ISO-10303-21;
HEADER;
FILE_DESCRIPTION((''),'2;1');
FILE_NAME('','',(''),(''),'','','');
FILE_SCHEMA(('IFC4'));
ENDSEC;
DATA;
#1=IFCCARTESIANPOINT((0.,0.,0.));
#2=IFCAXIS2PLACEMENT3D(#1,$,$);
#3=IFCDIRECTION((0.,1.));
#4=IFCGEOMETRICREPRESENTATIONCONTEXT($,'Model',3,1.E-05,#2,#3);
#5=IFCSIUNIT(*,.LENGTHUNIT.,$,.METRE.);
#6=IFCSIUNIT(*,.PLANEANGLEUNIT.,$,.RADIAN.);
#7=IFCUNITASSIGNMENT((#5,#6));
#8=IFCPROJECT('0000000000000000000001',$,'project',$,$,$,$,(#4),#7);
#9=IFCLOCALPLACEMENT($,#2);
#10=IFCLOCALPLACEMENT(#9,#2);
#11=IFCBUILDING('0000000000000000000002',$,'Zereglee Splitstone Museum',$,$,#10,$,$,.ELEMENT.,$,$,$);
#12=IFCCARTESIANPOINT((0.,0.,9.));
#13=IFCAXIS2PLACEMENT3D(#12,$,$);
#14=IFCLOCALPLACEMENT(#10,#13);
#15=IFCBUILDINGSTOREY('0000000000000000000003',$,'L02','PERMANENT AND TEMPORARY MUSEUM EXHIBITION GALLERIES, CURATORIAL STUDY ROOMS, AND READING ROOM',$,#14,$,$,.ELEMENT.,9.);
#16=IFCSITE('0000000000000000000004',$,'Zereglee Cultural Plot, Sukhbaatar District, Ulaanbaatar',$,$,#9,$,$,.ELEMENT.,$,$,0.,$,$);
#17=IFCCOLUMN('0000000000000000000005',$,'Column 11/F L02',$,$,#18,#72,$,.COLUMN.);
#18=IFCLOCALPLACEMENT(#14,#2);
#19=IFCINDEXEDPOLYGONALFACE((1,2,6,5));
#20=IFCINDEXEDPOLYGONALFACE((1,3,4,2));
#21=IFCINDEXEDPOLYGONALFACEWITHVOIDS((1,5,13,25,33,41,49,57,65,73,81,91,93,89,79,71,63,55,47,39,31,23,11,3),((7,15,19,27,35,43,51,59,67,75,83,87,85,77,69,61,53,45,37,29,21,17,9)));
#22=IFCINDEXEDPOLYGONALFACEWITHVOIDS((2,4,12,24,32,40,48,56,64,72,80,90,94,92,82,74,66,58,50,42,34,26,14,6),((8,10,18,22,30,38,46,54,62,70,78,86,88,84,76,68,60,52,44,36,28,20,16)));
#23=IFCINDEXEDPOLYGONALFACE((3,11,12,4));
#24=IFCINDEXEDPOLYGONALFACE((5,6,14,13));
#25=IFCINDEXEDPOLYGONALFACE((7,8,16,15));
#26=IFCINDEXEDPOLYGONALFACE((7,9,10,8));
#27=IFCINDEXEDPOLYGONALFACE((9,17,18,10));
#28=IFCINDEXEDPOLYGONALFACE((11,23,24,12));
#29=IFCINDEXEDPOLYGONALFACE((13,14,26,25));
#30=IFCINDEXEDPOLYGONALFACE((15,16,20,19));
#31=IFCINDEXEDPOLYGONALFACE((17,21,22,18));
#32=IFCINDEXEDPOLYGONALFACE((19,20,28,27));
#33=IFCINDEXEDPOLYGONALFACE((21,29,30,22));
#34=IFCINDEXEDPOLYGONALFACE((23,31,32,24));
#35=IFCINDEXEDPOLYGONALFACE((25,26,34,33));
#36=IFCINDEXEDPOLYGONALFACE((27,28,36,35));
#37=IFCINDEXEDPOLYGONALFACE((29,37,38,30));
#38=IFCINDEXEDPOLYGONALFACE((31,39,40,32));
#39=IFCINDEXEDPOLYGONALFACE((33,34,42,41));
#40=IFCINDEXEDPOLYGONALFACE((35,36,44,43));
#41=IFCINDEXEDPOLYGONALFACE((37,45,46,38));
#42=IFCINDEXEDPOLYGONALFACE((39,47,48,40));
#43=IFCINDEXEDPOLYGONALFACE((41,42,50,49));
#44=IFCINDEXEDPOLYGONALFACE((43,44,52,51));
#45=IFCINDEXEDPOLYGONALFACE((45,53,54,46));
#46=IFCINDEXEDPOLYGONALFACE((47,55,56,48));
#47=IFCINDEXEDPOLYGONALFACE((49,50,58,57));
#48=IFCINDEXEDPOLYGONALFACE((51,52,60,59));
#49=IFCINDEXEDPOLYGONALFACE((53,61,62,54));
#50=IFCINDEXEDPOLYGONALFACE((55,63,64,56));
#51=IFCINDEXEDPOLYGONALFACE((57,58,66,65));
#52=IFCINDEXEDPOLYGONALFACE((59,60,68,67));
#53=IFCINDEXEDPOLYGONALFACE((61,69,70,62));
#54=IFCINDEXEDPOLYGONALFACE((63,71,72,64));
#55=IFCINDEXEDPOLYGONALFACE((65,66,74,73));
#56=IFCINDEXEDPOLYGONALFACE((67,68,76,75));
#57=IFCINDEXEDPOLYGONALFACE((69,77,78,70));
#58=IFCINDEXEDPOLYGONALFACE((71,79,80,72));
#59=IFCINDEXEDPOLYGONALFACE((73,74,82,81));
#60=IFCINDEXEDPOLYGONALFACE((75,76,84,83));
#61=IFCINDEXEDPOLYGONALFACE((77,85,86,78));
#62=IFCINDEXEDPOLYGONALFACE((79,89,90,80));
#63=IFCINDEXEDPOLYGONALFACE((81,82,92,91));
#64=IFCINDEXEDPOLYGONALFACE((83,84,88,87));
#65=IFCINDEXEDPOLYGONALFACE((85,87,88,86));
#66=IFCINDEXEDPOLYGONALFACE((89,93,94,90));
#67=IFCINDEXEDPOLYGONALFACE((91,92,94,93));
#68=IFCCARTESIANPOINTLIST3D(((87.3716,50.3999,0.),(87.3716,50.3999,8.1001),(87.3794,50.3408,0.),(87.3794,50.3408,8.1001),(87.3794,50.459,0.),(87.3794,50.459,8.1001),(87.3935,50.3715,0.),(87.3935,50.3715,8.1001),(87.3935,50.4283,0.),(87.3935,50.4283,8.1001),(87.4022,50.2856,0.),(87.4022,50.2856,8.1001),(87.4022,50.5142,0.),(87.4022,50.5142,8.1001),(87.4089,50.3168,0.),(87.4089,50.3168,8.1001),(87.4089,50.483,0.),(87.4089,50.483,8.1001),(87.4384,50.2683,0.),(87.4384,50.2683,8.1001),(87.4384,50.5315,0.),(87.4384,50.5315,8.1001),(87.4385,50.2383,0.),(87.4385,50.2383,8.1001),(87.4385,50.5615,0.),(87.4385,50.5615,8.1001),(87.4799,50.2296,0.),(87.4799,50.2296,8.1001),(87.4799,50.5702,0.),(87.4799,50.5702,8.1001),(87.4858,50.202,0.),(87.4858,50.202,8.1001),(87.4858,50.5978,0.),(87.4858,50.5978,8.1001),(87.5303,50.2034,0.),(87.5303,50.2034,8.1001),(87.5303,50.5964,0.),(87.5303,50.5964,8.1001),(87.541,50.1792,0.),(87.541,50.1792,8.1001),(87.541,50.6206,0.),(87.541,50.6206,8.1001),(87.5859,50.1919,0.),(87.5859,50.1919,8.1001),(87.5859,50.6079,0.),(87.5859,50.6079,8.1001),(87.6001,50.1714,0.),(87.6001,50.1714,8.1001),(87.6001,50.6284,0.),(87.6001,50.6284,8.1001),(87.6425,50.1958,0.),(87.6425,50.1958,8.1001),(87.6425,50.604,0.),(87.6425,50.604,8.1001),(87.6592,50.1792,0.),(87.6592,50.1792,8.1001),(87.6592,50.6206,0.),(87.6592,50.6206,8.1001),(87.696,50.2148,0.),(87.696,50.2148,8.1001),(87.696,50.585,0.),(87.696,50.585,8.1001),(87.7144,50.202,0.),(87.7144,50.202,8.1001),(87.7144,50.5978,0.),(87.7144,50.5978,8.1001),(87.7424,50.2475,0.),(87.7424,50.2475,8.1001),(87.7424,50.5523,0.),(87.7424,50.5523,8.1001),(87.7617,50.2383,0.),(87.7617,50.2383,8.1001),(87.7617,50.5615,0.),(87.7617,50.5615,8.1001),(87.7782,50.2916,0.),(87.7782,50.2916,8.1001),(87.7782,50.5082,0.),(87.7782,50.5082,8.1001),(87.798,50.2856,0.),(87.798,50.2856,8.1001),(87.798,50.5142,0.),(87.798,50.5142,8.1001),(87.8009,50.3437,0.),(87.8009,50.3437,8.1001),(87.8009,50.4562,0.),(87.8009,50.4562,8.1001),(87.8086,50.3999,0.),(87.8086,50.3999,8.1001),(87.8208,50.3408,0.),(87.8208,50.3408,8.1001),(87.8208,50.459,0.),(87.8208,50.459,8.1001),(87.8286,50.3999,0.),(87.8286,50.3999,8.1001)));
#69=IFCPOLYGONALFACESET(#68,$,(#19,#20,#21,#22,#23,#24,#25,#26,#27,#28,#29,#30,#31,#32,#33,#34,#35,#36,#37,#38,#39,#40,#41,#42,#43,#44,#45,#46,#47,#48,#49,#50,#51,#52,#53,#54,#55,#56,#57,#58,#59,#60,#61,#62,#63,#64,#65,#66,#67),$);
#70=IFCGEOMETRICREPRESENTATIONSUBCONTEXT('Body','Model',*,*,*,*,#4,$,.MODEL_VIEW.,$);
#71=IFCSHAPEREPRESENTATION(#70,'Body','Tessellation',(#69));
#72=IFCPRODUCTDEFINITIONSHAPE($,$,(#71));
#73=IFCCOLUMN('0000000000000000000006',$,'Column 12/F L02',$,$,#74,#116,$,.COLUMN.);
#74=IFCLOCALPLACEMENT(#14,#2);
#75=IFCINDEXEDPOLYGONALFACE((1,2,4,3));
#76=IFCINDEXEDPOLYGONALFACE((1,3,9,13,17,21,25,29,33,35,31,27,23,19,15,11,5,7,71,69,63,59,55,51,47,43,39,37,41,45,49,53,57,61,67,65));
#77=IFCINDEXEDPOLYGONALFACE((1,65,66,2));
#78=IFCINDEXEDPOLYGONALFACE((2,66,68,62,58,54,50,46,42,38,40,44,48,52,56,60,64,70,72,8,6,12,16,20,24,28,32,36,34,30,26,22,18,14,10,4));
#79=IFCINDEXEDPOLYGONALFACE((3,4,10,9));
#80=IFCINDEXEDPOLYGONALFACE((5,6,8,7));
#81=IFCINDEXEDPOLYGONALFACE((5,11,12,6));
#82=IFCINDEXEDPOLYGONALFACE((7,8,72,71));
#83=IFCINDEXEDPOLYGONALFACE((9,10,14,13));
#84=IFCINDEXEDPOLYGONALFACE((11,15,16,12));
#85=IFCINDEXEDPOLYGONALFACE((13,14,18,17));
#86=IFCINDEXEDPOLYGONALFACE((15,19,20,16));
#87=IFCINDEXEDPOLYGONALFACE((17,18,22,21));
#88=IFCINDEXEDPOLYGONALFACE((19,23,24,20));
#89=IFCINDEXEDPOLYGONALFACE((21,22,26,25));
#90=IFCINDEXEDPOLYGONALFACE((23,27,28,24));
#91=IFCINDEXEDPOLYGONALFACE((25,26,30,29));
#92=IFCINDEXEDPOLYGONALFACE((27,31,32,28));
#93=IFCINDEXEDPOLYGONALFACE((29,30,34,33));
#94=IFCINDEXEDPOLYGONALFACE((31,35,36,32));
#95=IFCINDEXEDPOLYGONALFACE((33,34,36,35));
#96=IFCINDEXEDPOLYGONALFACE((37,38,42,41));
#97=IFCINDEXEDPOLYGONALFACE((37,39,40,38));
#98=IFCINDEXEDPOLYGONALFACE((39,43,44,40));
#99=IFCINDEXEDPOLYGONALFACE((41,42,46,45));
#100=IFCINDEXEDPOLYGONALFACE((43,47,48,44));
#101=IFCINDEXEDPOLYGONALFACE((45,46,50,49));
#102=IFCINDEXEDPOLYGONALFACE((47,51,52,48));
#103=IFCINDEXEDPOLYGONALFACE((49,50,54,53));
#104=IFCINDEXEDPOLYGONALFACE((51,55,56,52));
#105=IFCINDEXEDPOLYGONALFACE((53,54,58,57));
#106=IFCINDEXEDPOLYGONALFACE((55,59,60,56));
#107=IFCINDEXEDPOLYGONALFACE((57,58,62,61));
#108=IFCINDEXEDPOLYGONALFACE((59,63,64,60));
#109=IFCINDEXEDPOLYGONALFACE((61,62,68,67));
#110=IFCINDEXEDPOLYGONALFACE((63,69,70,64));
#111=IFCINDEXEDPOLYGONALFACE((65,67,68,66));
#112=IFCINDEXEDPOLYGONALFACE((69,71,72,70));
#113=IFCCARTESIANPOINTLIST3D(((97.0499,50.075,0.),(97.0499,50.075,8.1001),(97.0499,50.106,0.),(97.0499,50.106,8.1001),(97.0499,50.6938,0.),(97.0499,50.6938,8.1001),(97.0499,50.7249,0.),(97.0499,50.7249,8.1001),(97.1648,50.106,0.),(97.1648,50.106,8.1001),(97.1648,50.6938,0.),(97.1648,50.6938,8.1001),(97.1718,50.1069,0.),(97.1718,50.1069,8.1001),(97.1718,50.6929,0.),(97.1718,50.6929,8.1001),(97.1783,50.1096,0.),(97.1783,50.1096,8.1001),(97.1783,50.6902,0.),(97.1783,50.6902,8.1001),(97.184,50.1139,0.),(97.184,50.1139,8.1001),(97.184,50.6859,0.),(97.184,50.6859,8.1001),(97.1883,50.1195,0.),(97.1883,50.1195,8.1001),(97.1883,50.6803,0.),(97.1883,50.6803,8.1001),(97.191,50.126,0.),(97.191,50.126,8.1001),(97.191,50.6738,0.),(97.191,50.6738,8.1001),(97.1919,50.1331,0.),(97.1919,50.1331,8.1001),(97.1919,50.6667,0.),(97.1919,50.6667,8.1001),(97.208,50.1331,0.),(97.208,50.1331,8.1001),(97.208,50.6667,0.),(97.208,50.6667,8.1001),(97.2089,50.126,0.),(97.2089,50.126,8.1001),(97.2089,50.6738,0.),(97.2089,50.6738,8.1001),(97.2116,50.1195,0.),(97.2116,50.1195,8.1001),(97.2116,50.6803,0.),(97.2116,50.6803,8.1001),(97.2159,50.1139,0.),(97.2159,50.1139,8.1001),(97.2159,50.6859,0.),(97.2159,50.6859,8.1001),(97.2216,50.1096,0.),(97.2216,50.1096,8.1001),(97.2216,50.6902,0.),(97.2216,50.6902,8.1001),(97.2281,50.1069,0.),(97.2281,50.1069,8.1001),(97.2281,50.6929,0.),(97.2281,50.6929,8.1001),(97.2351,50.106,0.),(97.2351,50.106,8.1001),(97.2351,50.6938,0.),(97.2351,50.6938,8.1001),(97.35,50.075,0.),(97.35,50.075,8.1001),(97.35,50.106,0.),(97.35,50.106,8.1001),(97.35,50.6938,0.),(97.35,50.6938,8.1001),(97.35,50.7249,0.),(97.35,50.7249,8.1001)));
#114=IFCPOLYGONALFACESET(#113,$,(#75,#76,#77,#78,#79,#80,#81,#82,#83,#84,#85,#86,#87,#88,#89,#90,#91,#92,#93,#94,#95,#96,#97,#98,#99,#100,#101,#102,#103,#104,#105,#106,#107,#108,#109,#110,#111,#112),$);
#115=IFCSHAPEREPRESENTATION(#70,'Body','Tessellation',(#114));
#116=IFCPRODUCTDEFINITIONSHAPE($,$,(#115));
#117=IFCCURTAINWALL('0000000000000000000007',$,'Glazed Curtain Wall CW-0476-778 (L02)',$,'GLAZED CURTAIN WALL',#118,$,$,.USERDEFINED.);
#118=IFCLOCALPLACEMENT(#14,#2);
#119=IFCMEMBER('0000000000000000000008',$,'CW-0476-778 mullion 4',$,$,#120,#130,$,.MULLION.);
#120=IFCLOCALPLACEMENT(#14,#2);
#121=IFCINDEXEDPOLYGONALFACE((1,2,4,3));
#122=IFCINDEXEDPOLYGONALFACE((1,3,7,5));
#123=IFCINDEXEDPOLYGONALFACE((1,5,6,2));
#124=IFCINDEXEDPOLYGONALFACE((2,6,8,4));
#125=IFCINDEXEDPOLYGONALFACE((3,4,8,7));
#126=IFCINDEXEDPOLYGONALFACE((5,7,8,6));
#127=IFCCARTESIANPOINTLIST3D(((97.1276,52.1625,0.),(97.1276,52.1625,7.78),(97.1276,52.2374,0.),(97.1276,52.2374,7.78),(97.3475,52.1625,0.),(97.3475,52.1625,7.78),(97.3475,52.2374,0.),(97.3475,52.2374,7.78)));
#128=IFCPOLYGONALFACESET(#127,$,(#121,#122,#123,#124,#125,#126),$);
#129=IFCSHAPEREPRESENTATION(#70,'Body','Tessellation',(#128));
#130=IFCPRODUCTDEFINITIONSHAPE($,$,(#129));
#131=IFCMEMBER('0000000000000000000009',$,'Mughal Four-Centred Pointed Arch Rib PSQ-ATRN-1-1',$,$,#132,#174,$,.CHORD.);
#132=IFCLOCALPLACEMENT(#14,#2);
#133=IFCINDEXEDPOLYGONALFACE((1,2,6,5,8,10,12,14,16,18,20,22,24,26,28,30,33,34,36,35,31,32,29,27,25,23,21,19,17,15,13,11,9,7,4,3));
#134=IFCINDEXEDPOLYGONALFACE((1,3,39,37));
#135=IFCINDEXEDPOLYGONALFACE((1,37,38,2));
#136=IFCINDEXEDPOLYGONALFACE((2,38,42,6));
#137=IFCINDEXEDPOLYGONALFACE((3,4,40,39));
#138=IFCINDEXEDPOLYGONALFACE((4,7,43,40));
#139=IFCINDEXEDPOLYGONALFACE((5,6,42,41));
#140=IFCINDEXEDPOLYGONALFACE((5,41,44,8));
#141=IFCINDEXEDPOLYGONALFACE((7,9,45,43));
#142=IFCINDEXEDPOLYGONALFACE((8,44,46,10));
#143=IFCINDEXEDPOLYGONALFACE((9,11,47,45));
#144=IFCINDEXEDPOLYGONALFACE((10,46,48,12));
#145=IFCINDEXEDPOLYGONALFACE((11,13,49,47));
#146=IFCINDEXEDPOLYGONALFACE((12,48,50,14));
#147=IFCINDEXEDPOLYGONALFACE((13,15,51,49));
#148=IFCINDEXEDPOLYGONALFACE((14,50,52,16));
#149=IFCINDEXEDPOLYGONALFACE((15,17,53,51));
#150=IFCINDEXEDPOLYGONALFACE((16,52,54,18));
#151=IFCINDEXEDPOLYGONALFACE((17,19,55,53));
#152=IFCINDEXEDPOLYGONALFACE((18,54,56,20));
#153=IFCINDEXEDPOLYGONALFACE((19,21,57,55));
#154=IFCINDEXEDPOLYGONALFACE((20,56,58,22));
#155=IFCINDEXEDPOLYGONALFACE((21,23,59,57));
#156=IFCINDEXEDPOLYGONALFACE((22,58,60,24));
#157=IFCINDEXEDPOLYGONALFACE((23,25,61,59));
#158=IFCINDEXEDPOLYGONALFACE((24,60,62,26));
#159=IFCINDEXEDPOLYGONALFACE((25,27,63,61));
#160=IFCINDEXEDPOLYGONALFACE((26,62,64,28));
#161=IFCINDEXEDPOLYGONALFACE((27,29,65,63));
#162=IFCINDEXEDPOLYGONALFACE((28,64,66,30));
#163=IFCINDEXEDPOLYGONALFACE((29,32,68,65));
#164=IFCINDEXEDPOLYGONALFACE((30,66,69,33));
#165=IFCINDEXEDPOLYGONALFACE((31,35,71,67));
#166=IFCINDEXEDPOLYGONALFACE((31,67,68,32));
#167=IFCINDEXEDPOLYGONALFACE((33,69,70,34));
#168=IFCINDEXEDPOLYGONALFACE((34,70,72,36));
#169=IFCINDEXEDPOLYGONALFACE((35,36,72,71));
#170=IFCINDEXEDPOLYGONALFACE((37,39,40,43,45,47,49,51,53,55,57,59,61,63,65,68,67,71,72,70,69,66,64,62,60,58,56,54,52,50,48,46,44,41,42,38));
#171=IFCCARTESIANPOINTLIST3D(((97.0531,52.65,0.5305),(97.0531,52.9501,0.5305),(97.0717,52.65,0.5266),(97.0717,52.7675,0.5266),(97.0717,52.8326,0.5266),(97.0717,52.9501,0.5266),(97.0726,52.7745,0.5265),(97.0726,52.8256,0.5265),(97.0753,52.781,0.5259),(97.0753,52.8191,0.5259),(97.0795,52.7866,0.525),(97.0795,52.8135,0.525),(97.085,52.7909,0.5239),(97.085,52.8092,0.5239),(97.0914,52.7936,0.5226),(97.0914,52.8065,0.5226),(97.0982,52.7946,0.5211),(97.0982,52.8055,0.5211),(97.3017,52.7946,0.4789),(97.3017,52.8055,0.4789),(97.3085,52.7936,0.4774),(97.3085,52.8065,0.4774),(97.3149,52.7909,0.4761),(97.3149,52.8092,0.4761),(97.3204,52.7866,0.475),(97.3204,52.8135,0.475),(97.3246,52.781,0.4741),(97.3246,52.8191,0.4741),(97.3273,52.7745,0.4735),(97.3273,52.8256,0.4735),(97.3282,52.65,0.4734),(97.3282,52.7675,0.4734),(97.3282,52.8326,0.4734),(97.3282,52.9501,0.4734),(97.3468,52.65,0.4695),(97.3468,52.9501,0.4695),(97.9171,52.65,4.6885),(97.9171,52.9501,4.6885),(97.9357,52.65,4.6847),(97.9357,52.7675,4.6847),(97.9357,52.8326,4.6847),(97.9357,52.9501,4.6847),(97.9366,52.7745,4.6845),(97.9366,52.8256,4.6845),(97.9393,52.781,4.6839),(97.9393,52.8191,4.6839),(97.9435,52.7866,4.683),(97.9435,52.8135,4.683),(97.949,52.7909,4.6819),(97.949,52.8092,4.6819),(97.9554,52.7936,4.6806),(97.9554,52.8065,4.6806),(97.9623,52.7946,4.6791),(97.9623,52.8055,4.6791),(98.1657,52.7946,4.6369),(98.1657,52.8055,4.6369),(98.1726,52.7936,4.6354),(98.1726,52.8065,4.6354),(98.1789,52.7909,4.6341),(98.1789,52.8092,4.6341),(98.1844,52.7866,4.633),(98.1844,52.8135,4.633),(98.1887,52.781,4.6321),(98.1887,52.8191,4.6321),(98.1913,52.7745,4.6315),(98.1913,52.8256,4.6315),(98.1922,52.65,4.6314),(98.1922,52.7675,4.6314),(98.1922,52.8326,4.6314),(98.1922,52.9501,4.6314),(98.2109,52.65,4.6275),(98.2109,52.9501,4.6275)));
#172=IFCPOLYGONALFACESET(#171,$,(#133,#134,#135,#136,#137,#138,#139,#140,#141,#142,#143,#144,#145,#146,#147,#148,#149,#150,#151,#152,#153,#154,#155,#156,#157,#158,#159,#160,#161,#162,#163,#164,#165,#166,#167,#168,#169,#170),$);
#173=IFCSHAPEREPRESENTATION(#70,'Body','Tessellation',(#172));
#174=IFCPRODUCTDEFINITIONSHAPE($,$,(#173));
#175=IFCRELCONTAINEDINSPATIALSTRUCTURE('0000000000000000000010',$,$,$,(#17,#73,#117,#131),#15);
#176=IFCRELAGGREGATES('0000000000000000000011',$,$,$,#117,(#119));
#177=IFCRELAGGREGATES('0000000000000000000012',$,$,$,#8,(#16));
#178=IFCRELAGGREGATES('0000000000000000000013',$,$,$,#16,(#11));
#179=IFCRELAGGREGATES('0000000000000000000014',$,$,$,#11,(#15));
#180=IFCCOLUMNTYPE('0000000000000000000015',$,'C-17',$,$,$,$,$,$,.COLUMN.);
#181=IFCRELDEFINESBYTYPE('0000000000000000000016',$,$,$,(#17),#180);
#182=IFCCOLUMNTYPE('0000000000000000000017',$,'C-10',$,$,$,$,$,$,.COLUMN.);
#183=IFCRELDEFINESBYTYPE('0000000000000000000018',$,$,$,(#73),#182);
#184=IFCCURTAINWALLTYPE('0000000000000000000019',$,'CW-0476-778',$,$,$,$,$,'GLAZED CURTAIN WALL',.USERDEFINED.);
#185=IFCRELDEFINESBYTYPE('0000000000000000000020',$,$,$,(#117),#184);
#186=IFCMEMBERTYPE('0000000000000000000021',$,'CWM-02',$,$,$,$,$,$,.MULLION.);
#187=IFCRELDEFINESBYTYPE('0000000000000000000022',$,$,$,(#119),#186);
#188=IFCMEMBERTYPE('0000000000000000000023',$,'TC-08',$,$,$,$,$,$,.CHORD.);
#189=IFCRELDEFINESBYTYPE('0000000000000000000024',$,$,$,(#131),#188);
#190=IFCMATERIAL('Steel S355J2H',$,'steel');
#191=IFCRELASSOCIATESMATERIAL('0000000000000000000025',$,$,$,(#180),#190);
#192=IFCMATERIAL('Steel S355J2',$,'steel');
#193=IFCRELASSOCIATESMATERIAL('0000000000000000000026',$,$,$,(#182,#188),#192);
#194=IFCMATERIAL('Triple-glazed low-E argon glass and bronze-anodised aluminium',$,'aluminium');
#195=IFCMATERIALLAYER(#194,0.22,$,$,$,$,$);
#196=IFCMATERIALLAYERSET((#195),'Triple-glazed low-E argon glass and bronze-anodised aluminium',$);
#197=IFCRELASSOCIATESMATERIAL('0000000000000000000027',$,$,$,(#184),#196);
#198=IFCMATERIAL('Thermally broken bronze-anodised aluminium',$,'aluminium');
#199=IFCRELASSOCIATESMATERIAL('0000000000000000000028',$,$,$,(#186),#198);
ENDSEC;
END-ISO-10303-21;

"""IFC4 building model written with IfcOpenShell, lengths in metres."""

from ifc_helpers import new_model, si_unit, direction, frame, origin, origin_2d, place, context, subcontext, project, spatial, rectangle, hollow_circle, i_section, extrude, material, layer, layer_set, material_profile, profile_set, type_object, element, aggregate, save


model = new_model("IFC4")

# Units and contexts
model_context = context("Model", 3, precision=1e-05, world=origin(), true_north=direction((0.0, 1.0)))
body_context = subcontext(model_context, "Body", "Model", "MODEL_VIEW")
ifc_project = project(units=[si_unit("LENGTHUNIT", "METRE"), si_unit("PLANEANGLEUNIT", "RADIAN")], contexts=[model_context])

# Site, building, storey
site_placement = place(None, origin())
site = spatial("IfcSite", under=ifc_project, at=site_placement, Name="Zereglee Cultural Plot, Sukhbaatar District, Ulaanbaatar", CompositionType="ELEMENT", RefElevation=0.0)
building_placement = place(site_placement, origin())
building = spatial("IfcBuilding", under=site, at=building_placement, Name="Zereglee Splitstone Museum", CompositionType="ELEMENT")
storey_placement = place(building_placement, frame((0.0, 0.0, 9.0)))
storey = spatial("IfcBuildingStorey", under=building, at=storey_placement, Name="L02", Description="PERMANENT AND TEMPORARY MUSEUM EXHIBITION GALLERIES, CURATORIAL STUDY ROOMS, AND READING ROOM", CompositionType="ELEMENT", Elevation=9.0)

# Columns
ifc_material_1 = material(Name="Steel S355J2H", Category="steel")
ifc_material_profile_1 = material_profile(ifc_material_1, hollow_circle(Radius=0.2285, WallThickness=0.02, at=origin_2d()), Name="CHS 457.0x20")
ifc_profile_set_1 = profile_set([ifc_material_profile_1], Name="Steel S355J2H")
column_type_1 = type_object("IfcColumnType", Name="C-17", PredefinedType="COLUMN", material=ifc_profile_set_1)
column_1_placement = place(storey_placement, frame((87.6001, 50.3999, 0.0), z_axis=(0.0, 0.0, 1.0), x_axis=(1.0, 0.0, 0.0)))
element("IfcColumn", 1, at=column_1_placement, inside=storey, type_object=column_type_1, Name="Column 11/F L02", PredefinedType="COLUMN", context=body_context, shape_type="SweptSolid", body=[
    extrude(hollow_circle(Radius=0.2285, WallThickness=0.02, at=origin_2d()), origin(), (0.0, 0.0, 1.0), 8.1001),
])
ifc_material_2 = material(Name="Steel S355J2", Category="steel")
ifc_material_profile_2 = material_profile(ifc_material_2, i_section(OverallWidth=0.3, OverallDepth=0.6499, WebThickness=0.0161, FlangeThickness=0.031, FilletRadius=0.0271, at=origin_2d()), Name="HE 650 B")
ifc_profile_set_2 = profile_set([ifc_material_profile_2], Name="Steel S355J2")
column_type_2 = type_object("IfcColumnType", Name="C-10", PredefinedType="COLUMN", material=ifc_profile_set_2)
column_2_placement = place(storey_placement, frame((97.2, 50.3999, 0.0), z_axis=(0.0, 0.0, 1.0), x_axis=(1.0, 0.0, 0.0)))
element("IfcColumn", 2, at=column_2_placement, inside=storey, type_object=column_type_2, Name="Column 12/F L02", PredefinedType="COLUMN", context=body_context, shape_type="SweptSolid", body=[
    extrude(i_section(OverallWidth=0.3, OverallDepth=0.6499, WebThickness=0.0161, FlangeThickness=0.031, FilletRadius=0.0271, at=origin_2d()), origin(), (0.0, 0.0, 1.0), 8.1001),
])

# Curtain wall, member
ifc_material_3 = material(Name="Triple-glazed low-E argon glass and bronze-anodised aluminium", Category="aluminium")
ifc_layer_1 = layer(ifc_material_3, 0.22)
ifc_layer_set_1 = layer_set([ifc_layer_1], Name="Triple-glazed low-E argon glass and bronze-anodised aluminium")
curtain_wall_type = type_object("IfcCurtainWallType", Name="CW-0476-778", ElementType="GLAZED CURTAIN WALL", PredefinedType="USERDEFINED", material=ifc_layer_set_1)
curtain_wall_placement = place(storey_placement, origin())
curtain_wall = element("IfcCurtainWall", 3, at=curtain_wall_placement, inside=storey, type_object=curtain_wall_type, Name="Glazed Curtain Wall CW-0476-778 (L02)", ObjectType="GLAZED CURTAIN WALL", PredefinedType="USERDEFINED")
ifc_material_4 = material(Name="Thermally broken bronze-anodised aluminium", Category="aluminium")
ifc_material_profile_3 = material_profile(ifc_material_4, rectangle(XDim=0.075, YDim=0.22, at=origin_2d()), Name="CW MULL 75x220")
ifc_profile_set_3 = profile_set([ifc_material_profile_3], Name="Thermally broken bronze-anodised aluminium")
member_type_1 = type_object("IfcMemberType", Name="CWM-02", PredefinedType="MULLION", material=ifc_profile_set_3)
member_1_placement = place(storey_placement, frame((97.2375, 52.2, 0.0), z_axis=(0.0, 0.0, 1.0), x_axis=(0.0, -1.0, 0.0)))
member_1 = element("IfcMember", 4, at=member_1_placement, type_object=member_type_1, Name="CW-0476-778 mullion 4", PredefinedType="MULLION", context=body_context, shape_type="SweptSolid", body=[
    extrude(rectangle(XDim=0.075, YDim=0.22, at=origin_2d()), origin(), (0.0, 0.0, 1.0), 7.78),
])
aggregate(curtain_wall, [member_1])

# Member
ifc_material_profile_4 = material_profile(ifc_material_2, i_section(OverallWidth=0.3, OverallDepth=0.3, WebThickness=0.011, FlangeThickness=0.019, FilletRadius=0.0271, at=origin_2d()), Name="HE 300 B")
ifc_profile_set_4 = profile_set([ifc_material_profile_4], Name="Steel S355J2")
member_type_2 = type_object("IfcMemberType", Name="TC-08", PredefinedType="CHORD", material=ifc_profile_set_4)
member_2_placement = place(storey_placement, frame((97.2, 52.8, 0.5), z_axis=(0.203451, 0.0, 0.979085), x_axis=(0.0, 1.0, 0.0)))
element("IfcMember", 5, at=member_2_placement, inside=storey, type_object=member_type_2, Name="Mughal Four-Centred Pointed Arch Rib PSQ-ATRN-1-1", PredefinedType="CHORD", context=body_context, shape_type="SweptSolid", body=[
    extrude(i_section(OverallWidth=0.3, OverallDepth=0.3, WebThickness=0.011, FlangeThickness=0.019, FilletRadius=0.0271, at=origin_2d()), origin(), (0.0, 0.0, 1.0), 4.2468),
])

save(model, "model.ifc")
